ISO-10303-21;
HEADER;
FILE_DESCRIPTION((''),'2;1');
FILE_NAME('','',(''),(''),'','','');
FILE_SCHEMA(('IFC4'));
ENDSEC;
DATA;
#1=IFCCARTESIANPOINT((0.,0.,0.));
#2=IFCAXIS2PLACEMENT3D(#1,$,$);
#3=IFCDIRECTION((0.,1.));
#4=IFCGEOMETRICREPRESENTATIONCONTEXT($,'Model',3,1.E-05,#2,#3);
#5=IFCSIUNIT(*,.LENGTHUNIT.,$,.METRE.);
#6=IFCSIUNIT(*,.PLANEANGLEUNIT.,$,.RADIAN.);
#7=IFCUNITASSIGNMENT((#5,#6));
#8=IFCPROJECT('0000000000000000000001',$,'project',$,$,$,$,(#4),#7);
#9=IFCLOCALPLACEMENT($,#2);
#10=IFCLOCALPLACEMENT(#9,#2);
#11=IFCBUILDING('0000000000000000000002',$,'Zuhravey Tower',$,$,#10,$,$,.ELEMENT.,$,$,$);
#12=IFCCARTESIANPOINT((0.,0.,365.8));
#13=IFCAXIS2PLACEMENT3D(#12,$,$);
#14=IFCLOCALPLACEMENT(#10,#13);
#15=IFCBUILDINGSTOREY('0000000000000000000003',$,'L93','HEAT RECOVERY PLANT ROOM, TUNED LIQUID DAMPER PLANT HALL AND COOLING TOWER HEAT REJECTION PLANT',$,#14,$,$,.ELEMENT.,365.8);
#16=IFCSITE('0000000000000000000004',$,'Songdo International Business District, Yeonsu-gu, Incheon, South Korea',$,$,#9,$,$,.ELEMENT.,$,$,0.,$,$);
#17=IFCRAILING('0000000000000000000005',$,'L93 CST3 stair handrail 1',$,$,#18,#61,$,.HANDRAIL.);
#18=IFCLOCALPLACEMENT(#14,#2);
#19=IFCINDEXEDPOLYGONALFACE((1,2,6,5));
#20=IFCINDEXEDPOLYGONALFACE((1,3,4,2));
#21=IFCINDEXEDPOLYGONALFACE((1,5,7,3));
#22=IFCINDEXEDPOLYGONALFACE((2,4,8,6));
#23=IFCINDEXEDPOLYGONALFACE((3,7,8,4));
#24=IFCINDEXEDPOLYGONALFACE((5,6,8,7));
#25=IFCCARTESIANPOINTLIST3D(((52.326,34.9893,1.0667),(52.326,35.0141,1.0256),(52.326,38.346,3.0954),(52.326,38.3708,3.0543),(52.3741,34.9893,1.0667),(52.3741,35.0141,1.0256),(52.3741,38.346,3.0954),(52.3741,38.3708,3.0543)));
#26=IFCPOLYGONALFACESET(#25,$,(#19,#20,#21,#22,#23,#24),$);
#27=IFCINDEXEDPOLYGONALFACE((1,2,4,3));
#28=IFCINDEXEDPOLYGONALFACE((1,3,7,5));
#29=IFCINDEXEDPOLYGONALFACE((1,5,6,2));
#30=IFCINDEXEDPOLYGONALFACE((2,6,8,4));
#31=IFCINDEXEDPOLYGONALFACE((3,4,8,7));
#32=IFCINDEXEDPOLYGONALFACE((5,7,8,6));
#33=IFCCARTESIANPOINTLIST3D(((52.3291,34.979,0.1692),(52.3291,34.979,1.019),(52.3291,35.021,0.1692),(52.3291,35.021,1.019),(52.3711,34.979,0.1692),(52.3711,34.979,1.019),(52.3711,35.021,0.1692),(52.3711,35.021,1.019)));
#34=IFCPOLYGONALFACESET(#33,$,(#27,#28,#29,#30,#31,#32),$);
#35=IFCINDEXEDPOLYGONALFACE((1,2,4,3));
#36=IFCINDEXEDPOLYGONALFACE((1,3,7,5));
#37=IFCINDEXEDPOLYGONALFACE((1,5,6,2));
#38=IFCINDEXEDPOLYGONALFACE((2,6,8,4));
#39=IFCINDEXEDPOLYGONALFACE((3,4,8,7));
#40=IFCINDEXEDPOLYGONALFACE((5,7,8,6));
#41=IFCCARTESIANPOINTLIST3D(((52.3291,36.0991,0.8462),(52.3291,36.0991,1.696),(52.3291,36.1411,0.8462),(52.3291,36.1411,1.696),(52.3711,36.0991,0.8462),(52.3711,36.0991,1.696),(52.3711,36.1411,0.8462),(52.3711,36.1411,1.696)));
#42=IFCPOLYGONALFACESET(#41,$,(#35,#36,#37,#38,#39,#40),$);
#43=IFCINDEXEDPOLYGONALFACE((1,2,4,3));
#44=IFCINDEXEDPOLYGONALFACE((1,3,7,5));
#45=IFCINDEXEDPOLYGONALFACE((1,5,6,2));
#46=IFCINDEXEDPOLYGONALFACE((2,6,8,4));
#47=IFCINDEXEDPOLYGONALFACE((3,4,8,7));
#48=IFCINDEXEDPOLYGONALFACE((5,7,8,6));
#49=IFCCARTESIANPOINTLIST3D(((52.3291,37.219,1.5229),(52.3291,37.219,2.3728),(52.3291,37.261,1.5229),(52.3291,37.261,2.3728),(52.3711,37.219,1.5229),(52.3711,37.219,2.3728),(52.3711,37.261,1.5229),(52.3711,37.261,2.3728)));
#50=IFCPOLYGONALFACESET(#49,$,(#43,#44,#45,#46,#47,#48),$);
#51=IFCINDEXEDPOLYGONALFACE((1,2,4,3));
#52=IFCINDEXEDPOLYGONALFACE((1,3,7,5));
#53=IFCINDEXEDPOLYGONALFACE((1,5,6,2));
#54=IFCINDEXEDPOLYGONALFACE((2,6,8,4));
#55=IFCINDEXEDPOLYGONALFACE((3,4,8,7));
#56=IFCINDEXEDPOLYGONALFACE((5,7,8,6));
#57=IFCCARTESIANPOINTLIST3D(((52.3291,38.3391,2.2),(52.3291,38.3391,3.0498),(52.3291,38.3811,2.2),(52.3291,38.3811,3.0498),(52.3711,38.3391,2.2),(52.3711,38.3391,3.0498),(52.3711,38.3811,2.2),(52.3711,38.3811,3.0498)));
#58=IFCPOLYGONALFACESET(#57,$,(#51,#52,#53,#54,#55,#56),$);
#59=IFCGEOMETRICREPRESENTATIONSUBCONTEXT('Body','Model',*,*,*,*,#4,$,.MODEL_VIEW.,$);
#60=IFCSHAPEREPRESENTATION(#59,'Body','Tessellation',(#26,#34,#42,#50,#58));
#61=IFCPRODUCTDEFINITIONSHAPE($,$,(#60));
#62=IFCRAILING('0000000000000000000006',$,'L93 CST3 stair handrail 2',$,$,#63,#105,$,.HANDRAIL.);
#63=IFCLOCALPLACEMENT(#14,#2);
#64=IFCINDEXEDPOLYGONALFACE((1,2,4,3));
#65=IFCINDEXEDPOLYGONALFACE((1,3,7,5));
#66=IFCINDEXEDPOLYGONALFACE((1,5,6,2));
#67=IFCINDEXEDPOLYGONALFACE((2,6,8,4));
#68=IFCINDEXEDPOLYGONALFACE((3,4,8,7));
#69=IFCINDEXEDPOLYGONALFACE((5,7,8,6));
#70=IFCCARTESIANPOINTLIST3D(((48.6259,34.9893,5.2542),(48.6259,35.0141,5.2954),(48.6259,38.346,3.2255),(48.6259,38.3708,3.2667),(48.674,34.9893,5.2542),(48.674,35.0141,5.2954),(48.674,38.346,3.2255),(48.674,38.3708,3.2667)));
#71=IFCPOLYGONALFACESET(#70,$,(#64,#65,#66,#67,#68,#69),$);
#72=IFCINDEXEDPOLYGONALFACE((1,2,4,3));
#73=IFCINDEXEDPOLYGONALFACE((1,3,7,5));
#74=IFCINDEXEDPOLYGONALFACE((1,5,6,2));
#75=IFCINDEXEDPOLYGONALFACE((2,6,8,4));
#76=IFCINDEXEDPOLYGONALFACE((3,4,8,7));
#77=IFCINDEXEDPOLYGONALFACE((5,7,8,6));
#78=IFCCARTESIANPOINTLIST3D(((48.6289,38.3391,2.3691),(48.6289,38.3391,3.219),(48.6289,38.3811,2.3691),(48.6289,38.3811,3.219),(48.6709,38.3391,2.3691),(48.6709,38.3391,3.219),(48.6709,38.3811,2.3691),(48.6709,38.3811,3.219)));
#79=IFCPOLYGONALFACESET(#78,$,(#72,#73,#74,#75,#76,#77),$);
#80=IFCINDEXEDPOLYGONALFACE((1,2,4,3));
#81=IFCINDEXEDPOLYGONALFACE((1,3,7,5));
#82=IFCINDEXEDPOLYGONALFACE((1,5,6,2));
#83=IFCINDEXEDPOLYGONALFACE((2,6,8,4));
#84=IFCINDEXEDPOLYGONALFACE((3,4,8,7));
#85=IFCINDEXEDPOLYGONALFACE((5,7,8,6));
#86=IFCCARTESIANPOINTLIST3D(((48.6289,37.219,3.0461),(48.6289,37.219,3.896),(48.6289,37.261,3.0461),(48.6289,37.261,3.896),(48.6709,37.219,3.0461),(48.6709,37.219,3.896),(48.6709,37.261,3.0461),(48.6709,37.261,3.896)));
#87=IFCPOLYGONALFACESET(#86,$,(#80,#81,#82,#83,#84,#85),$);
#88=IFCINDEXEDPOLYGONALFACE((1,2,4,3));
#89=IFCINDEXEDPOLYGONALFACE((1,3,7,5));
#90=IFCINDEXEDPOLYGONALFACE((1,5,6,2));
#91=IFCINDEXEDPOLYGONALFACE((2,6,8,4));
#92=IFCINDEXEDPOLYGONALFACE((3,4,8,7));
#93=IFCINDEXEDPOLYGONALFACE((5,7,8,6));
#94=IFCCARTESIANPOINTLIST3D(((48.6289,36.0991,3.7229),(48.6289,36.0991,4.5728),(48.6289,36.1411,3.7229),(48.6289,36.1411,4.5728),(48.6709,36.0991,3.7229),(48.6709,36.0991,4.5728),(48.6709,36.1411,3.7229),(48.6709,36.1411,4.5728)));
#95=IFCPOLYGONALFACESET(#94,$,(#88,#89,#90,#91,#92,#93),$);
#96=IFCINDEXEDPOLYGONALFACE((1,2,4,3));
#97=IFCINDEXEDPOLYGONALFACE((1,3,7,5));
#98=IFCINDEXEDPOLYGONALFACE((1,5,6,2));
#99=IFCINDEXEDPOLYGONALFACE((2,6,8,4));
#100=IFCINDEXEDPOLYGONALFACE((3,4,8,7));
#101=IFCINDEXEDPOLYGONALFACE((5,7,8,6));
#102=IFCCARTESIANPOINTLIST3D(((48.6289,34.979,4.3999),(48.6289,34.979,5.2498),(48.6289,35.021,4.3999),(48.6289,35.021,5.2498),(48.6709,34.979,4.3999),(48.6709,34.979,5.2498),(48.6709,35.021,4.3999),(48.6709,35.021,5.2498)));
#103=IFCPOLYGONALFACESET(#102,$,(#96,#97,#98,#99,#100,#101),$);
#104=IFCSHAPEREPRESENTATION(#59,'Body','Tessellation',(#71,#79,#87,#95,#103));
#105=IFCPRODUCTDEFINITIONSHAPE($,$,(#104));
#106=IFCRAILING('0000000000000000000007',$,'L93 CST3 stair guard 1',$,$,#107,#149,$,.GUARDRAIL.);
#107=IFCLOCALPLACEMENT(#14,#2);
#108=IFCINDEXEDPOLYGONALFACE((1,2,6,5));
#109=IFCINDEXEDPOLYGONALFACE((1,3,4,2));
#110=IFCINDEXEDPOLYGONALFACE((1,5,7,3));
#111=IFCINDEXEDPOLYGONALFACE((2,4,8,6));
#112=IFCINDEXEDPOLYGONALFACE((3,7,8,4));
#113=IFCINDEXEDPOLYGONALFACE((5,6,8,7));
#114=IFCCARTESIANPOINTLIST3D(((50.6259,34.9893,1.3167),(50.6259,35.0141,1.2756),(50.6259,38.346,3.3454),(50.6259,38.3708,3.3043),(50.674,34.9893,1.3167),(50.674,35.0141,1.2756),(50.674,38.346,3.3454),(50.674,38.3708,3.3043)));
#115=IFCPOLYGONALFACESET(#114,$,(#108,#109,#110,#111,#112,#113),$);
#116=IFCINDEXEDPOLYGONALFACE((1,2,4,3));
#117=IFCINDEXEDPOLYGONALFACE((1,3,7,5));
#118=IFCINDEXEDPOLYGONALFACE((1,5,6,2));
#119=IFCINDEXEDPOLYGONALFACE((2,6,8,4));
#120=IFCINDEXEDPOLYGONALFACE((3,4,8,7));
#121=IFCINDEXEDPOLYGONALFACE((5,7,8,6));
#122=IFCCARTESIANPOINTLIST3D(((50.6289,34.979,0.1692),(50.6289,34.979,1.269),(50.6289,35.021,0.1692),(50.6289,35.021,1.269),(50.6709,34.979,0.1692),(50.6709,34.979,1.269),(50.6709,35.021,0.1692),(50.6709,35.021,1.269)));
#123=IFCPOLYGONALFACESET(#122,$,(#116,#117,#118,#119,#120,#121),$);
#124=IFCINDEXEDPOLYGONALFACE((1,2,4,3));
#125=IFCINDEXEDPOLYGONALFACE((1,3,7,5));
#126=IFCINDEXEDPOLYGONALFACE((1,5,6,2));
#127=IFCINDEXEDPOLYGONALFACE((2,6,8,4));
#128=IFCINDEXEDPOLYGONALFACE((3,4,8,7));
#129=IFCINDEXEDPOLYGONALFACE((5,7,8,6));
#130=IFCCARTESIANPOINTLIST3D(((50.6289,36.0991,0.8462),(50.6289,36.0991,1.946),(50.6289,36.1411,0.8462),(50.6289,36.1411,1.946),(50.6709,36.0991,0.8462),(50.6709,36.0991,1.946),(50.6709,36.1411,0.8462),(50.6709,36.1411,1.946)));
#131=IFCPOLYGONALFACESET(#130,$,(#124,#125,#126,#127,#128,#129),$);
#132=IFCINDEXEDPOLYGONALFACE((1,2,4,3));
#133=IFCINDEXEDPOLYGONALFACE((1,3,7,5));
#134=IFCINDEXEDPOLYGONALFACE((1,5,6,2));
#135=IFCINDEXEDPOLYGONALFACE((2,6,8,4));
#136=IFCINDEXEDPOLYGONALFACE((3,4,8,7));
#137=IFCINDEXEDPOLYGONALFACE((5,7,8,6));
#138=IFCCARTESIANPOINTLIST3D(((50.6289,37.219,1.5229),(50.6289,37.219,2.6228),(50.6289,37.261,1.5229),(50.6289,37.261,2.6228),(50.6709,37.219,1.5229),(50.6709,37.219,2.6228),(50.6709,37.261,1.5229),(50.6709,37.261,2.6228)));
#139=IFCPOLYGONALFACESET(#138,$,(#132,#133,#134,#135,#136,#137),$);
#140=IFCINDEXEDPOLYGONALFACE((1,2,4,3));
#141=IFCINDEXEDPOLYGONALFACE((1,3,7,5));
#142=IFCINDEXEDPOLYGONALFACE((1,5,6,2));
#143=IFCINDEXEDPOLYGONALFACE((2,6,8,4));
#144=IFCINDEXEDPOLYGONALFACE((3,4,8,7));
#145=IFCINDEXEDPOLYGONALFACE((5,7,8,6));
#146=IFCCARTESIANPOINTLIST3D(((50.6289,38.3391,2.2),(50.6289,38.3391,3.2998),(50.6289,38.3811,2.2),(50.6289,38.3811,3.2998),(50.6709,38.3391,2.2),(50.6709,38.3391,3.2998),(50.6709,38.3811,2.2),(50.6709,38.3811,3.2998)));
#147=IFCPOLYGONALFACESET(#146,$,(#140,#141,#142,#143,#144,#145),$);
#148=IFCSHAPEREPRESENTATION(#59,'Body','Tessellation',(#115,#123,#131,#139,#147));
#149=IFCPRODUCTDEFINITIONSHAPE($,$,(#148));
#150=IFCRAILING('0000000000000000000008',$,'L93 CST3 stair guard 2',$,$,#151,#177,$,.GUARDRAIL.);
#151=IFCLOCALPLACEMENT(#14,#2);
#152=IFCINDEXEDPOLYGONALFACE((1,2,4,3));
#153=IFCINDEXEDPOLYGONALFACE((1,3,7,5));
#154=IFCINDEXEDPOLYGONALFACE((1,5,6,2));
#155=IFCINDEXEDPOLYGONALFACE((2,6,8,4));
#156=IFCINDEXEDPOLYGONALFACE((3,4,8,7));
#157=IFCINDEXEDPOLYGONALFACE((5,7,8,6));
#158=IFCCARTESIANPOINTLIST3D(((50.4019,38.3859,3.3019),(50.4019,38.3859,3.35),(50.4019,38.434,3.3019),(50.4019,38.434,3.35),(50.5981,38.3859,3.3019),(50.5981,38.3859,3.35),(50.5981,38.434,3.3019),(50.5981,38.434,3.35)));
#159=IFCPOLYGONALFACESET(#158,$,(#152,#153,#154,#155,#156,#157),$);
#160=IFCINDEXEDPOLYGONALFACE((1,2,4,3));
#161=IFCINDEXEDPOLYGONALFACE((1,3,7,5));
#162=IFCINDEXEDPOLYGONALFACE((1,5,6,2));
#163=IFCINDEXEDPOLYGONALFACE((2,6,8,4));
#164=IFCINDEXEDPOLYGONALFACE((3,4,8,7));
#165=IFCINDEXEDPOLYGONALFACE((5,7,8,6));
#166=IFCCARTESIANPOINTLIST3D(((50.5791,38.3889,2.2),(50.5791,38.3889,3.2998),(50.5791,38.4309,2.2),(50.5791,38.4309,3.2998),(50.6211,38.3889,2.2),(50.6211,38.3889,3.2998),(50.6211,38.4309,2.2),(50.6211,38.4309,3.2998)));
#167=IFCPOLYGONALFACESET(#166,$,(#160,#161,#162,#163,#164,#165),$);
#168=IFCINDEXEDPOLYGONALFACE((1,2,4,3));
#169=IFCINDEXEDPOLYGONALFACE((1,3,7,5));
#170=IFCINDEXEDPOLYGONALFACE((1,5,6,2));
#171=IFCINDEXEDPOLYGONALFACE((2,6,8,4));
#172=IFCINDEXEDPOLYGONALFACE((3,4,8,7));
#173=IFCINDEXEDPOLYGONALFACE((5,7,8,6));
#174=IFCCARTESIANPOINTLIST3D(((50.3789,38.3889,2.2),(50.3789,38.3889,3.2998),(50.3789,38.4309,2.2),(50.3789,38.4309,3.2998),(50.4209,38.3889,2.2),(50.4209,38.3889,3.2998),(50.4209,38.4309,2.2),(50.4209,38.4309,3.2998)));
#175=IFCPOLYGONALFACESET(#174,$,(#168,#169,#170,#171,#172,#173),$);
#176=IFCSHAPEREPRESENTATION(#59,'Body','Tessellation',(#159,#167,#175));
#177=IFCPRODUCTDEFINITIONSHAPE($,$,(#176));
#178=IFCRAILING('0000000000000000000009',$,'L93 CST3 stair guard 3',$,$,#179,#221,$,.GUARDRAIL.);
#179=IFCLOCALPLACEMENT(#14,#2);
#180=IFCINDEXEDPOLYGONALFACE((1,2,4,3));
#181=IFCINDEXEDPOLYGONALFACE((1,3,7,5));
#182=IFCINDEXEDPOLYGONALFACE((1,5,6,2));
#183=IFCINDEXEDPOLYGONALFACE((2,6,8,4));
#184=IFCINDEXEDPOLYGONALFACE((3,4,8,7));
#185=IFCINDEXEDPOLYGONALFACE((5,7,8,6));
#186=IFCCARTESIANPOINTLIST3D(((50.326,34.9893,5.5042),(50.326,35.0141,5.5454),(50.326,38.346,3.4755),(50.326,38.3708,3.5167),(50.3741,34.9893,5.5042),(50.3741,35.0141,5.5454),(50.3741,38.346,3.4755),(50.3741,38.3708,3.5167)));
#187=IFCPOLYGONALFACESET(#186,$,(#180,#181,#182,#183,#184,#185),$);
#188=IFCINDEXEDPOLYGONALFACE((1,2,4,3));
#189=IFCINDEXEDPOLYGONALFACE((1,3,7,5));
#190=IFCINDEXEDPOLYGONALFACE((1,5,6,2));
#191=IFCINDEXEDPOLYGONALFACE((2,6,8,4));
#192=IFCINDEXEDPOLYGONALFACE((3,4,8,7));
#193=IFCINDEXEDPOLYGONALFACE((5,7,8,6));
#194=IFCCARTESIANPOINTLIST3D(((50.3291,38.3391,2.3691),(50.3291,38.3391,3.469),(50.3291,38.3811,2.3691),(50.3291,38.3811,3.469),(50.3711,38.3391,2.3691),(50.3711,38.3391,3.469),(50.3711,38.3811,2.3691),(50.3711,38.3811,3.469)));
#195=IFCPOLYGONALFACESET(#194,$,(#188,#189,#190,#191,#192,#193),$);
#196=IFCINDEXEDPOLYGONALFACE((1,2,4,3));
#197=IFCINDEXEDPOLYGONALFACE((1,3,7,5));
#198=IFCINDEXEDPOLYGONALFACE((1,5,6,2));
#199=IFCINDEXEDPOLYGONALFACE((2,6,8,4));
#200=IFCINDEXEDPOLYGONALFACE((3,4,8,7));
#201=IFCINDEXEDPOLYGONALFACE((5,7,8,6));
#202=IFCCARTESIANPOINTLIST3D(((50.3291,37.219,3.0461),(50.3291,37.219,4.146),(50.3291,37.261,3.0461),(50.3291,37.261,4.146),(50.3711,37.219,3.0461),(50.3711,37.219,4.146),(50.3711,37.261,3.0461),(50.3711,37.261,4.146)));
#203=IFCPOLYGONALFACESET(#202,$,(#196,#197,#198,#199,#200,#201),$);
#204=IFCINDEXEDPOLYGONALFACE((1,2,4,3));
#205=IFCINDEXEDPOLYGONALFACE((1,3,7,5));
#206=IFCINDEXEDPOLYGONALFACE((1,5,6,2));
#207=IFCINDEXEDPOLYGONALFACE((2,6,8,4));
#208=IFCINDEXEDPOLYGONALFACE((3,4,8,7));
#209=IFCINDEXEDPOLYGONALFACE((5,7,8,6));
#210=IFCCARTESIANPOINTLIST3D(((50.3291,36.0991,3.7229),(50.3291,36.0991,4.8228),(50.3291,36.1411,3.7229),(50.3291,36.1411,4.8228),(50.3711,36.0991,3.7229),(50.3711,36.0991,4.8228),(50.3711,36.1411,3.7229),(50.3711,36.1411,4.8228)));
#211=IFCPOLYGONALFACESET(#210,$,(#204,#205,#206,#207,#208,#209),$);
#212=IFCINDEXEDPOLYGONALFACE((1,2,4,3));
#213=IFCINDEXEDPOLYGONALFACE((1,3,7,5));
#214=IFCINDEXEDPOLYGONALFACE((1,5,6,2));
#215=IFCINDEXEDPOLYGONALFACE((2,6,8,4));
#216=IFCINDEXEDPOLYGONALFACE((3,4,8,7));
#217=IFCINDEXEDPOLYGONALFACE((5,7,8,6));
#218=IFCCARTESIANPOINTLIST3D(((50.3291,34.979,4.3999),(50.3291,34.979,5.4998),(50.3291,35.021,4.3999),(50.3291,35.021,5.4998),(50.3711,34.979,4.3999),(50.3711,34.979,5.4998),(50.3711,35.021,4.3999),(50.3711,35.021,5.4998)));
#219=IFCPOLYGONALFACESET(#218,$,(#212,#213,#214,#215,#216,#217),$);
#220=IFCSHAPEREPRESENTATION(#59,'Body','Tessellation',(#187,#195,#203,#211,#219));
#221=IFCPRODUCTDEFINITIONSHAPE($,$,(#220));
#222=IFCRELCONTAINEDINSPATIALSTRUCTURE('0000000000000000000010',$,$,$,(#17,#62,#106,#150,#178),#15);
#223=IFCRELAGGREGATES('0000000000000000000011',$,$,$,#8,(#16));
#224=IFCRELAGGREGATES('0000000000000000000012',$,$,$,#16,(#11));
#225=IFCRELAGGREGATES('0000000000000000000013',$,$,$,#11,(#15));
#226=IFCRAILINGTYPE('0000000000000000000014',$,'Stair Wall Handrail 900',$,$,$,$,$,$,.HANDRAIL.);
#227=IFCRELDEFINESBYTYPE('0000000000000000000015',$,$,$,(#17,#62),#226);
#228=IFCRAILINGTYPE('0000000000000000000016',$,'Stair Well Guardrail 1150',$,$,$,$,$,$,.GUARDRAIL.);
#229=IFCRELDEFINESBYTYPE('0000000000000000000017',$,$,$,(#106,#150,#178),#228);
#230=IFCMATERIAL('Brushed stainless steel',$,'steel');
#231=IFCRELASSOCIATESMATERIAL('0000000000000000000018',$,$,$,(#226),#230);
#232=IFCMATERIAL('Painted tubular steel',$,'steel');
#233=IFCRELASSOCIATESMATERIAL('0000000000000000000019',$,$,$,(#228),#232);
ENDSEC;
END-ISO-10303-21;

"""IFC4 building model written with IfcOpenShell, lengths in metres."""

from ifc_helpers import new_model, si_unit, direction, frame, origin, origin_2d, place, context, subcontext, project, spatial, rectangle, extrude, material, type_object, element, save


model = new_model("IFC4")

# Units and contexts
model_context = context("Model", 3, precision=1e-05, world=origin(), true_north=direction((0.0, 1.0)))
body_context = subcontext(model_context, "Body", "Model", "MODEL_VIEW")
ifc_project = project(units=[si_unit("LENGTHUNIT", "METRE"), si_unit("PLANEANGLEUNIT", "RADIAN")], contexts=[model_context])

# Site, building, storey
site_placement = place(None, origin())
site = spatial("IfcSite", under=ifc_project, at=site_placement, Name="Songdo International Business District, Yeonsu-gu, Incheon, South Korea", CompositionType="ELEMENT", RefElevation=0.0)
building_placement = place(site_placement, origin())
building = spatial("IfcBuilding", under=site, at=building_placement, Name="Zuhravey Tower", CompositionType="ELEMENT")
storey_placement = place(building_placement, frame((0.0, 0.0, 365.8)))
storey = spatial("IfcBuildingStorey", under=building, at=storey_placement, Name="L93", Description="HEAT RECOVERY PLANT ROOM, TUNED LIQUID DAMPER PLANT HALL AND COOLING TOWER HEAT REJECTION PLANT", CompositionType="ELEMENT", Elevation=365.8)

# Railings
ifc_material_1 = material(Name="Brushed stainless steel", Category="steel")
railing_type_1 = type_object("IfcRailingType", Name="Stair Wall Handrail 900", PredefinedType="HANDRAIL", material=ifc_material_1)
railing_1_placement = place(storey_placement, frame((52.3501, 35.0, 0.1692)))
element("IfcRailing", 1, at=railing_1_placement, inside=storey, type_object=railing_type_1, Name="L93 CST3 stair handrail 1", PredefinedType="HANDRAIL", context=body_context, shape_type="SweptSolid", body=[
    extrude(rectangle(XDim=0.0481, YDim=0.0481, at=origin_2d()), frame((0.0, 0.0017, 0.877), z_axis=(0.0, 0.855837, 0.517246), x_axis=(-1.0, 0.0, 0.0)), (0.0, 0.0, 1.0), 3.9221),
    extrude(rectangle(XDim=0.042, YDim=0.042, at=origin_2d()), origin(), (0.0, 0.0, 1.0), 0.8499),
    extrude(rectangle(XDim=0.042, YDim=0.042, at=origin_2d()), frame((0.0, 1.1201, 0.677)), (0.0, 0.0, 1.0), 0.8499),
    extrude(rectangle(XDim=0.042, YDim=0.042, at=origin_2d()), frame((0.0, 2.24, 1.3538)), (0.0, 0.0, 1.0), 0.8499),
    extrude(rectangle(XDim=0.042, YDim=0.042, at=origin_2d()), frame((0.0, 3.3601, 2.0308)), (0.0, 0.0, 1.0), 0.8499),
])
railing_2_placement = place(storey_placement, frame((48.6499, 38.3601, 2.3691)))
element("IfcRailing", 2, at=railing_2_placement, inside=storey, type_object=railing_type_1, Name="L93 CST3 stair handrail 2", PredefinedType="HANDRAIL", context=body_context, shape_type="SweptSolid", body=[
    extrude(rectangle(XDim=0.0481, YDim=0.0481, at=origin_2d()), frame((0.0, -0.0017, 0.877), z_axis=(0.0, -0.855837, 0.517246), x_axis=(1.0, 0.0, 0.0)), (0.0, 0.0, 1.0), 3.9221),
    extrude(rectangle(XDim=0.042, YDim=0.042, at=origin_2d()), origin(), (0.0, 0.0, 1.0), 0.8499),
    extrude(rectangle(XDim=0.042, YDim=0.042, at=origin_2d()), frame((0.0, -1.1201, 0.677)), (0.0, 0.0, 1.0), 0.8499),
    extrude(rectangle(XDim=0.042, YDim=0.042, at=origin_2d()), frame((0.0, -2.24, 1.3538)), (0.0, 0.0, 1.0), 0.8499),
    extrude(rectangle(XDim=0.042, YDim=0.042, at=origin_2d()), frame((0.0, -3.3601, 2.0308)), (0.0, 0.0, 1.0), 0.8499),
])
ifc_material_2 = material(Name="Painted tubular steel", Category="steel")
railing_type_2 = type_object("IfcRailingType", Name="Stair Well Guardrail 1150", PredefinedType="GUARDRAIL", material=ifc_material_2)
railing_3_placement = place(storey_placement, frame((50.6499, 35.0, 0.1692)))
element("IfcRailing", 3, at=railing_3_placement, inside=storey, type_object=railing_type_2, Name="L93 CST3 stair guard 1", PredefinedType="GUARDRAIL", context=body_context, shape_type="SweptSolid", body=[
    extrude(rectangle(XDim=0.0481, YDim=0.0481, at=origin_2d()), frame((0.0, 0.0017, 1.127), z_axis=(0.0, 0.855837, 0.517246), x_axis=(-1.0, 0.0, 0.0)), (0.0, 0.0, 1.0), 3.9221),
    extrude(rectangle(XDim=0.042, YDim=0.042, at=origin_2d()), origin(), (0.0, 0.0, 1.0), 1.0999),
    extrude(rectangle(XDim=0.042, YDim=0.042, at=origin_2d()), frame((0.0, 1.1201, 0.677)), (0.0, 0.0, 1.0), 1.0999),
    extrude(rectangle(XDim=0.042, YDim=0.042, at=origin_2d()), frame((0.0, 2.24, 1.3538)), (0.0, 0.0, 1.0), 1.0999),
    extrude(rectangle(XDim=0.042, YDim=0.042, at=origin_2d()), frame((0.0, 3.3601, 2.0308)), (0.0, 0.0, 1.0), 1.0999),
])
railing_4_placement = place(storey_placement, frame((50.6001, 38.4099, 2.2)))
element("IfcRailing", 4, at=railing_4_placement, inside=storey, type_object=railing_type_2, Name="L93 CST3 stair guard 2", PredefinedType="GUARDRAIL", context=body_context, shape_type="SweptSolid", body=[
    extrude(rectangle(XDim=0.0481, YDim=0.0481, at=origin_2d()), frame((-0.002, 0.0, 1.126), z_axis=(-1.0, 0.0, 0.0), x_axis=(0.0, -1.0, 0.0)), (0.0, 0.0, 1.0), 0.1963),
    extrude(rectangle(XDim=0.042, YDim=0.042, at=origin_2d()), origin(), (0.0, 0.0, 1.0), 1.0999),
    extrude(rectangle(XDim=0.042, YDim=0.042, at=origin_2d()), frame((-0.2002, 0.0, 0.0)), (0.0, 0.0, 1.0), 1.0999),
])
railing_5_placement = place(storey_placement, frame((50.3501, 38.3601, 2.3691)))
element("IfcRailing", 5, at=railing_5_placement, inside=storey, type_object=railing_type_2, Name="L93 CST3 stair guard 3", PredefinedType="GUARDRAIL", context=body_context, shape_type="SweptSolid", body=[
    extrude(rectangle(XDim=0.0481, YDim=0.0481, at=origin_2d()), frame((0.0, -0.0017, 1.127), z_axis=(0.0, -0.855837, 0.517246), x_axis=(1.0, 0.0, 0.0)), (0.0, 0.0, 1.0), 3.9221),
    extrude(rectangle(XDim=0.042, YDim=0.042, at=origin_2d()), origin(), (0.0, 0.0, 1.0), 1.0999),
    extrude(rectangle(XDim=0.042, YDim=0.042, at=origin_2d()), frame((0.0, -1.1201, 0.677)), (0.0, 0.0, 1.0), 1.0999),
    extrude(rectangle(XDim=0.042, YDim=0.042, at=origin_2d()), frame((0.0, -2.24, 1.3538)), (0.0, 0.0, 1.0), 1.0999),
    extrude(rectangle(XDim=0.042, YDim=0.042, at=origin_2d()), frame((0.0, -3.3601, 2.0308)), (0.0, 0.0, 1.0), 1.0999),
])

save(model, "model.ifc")
